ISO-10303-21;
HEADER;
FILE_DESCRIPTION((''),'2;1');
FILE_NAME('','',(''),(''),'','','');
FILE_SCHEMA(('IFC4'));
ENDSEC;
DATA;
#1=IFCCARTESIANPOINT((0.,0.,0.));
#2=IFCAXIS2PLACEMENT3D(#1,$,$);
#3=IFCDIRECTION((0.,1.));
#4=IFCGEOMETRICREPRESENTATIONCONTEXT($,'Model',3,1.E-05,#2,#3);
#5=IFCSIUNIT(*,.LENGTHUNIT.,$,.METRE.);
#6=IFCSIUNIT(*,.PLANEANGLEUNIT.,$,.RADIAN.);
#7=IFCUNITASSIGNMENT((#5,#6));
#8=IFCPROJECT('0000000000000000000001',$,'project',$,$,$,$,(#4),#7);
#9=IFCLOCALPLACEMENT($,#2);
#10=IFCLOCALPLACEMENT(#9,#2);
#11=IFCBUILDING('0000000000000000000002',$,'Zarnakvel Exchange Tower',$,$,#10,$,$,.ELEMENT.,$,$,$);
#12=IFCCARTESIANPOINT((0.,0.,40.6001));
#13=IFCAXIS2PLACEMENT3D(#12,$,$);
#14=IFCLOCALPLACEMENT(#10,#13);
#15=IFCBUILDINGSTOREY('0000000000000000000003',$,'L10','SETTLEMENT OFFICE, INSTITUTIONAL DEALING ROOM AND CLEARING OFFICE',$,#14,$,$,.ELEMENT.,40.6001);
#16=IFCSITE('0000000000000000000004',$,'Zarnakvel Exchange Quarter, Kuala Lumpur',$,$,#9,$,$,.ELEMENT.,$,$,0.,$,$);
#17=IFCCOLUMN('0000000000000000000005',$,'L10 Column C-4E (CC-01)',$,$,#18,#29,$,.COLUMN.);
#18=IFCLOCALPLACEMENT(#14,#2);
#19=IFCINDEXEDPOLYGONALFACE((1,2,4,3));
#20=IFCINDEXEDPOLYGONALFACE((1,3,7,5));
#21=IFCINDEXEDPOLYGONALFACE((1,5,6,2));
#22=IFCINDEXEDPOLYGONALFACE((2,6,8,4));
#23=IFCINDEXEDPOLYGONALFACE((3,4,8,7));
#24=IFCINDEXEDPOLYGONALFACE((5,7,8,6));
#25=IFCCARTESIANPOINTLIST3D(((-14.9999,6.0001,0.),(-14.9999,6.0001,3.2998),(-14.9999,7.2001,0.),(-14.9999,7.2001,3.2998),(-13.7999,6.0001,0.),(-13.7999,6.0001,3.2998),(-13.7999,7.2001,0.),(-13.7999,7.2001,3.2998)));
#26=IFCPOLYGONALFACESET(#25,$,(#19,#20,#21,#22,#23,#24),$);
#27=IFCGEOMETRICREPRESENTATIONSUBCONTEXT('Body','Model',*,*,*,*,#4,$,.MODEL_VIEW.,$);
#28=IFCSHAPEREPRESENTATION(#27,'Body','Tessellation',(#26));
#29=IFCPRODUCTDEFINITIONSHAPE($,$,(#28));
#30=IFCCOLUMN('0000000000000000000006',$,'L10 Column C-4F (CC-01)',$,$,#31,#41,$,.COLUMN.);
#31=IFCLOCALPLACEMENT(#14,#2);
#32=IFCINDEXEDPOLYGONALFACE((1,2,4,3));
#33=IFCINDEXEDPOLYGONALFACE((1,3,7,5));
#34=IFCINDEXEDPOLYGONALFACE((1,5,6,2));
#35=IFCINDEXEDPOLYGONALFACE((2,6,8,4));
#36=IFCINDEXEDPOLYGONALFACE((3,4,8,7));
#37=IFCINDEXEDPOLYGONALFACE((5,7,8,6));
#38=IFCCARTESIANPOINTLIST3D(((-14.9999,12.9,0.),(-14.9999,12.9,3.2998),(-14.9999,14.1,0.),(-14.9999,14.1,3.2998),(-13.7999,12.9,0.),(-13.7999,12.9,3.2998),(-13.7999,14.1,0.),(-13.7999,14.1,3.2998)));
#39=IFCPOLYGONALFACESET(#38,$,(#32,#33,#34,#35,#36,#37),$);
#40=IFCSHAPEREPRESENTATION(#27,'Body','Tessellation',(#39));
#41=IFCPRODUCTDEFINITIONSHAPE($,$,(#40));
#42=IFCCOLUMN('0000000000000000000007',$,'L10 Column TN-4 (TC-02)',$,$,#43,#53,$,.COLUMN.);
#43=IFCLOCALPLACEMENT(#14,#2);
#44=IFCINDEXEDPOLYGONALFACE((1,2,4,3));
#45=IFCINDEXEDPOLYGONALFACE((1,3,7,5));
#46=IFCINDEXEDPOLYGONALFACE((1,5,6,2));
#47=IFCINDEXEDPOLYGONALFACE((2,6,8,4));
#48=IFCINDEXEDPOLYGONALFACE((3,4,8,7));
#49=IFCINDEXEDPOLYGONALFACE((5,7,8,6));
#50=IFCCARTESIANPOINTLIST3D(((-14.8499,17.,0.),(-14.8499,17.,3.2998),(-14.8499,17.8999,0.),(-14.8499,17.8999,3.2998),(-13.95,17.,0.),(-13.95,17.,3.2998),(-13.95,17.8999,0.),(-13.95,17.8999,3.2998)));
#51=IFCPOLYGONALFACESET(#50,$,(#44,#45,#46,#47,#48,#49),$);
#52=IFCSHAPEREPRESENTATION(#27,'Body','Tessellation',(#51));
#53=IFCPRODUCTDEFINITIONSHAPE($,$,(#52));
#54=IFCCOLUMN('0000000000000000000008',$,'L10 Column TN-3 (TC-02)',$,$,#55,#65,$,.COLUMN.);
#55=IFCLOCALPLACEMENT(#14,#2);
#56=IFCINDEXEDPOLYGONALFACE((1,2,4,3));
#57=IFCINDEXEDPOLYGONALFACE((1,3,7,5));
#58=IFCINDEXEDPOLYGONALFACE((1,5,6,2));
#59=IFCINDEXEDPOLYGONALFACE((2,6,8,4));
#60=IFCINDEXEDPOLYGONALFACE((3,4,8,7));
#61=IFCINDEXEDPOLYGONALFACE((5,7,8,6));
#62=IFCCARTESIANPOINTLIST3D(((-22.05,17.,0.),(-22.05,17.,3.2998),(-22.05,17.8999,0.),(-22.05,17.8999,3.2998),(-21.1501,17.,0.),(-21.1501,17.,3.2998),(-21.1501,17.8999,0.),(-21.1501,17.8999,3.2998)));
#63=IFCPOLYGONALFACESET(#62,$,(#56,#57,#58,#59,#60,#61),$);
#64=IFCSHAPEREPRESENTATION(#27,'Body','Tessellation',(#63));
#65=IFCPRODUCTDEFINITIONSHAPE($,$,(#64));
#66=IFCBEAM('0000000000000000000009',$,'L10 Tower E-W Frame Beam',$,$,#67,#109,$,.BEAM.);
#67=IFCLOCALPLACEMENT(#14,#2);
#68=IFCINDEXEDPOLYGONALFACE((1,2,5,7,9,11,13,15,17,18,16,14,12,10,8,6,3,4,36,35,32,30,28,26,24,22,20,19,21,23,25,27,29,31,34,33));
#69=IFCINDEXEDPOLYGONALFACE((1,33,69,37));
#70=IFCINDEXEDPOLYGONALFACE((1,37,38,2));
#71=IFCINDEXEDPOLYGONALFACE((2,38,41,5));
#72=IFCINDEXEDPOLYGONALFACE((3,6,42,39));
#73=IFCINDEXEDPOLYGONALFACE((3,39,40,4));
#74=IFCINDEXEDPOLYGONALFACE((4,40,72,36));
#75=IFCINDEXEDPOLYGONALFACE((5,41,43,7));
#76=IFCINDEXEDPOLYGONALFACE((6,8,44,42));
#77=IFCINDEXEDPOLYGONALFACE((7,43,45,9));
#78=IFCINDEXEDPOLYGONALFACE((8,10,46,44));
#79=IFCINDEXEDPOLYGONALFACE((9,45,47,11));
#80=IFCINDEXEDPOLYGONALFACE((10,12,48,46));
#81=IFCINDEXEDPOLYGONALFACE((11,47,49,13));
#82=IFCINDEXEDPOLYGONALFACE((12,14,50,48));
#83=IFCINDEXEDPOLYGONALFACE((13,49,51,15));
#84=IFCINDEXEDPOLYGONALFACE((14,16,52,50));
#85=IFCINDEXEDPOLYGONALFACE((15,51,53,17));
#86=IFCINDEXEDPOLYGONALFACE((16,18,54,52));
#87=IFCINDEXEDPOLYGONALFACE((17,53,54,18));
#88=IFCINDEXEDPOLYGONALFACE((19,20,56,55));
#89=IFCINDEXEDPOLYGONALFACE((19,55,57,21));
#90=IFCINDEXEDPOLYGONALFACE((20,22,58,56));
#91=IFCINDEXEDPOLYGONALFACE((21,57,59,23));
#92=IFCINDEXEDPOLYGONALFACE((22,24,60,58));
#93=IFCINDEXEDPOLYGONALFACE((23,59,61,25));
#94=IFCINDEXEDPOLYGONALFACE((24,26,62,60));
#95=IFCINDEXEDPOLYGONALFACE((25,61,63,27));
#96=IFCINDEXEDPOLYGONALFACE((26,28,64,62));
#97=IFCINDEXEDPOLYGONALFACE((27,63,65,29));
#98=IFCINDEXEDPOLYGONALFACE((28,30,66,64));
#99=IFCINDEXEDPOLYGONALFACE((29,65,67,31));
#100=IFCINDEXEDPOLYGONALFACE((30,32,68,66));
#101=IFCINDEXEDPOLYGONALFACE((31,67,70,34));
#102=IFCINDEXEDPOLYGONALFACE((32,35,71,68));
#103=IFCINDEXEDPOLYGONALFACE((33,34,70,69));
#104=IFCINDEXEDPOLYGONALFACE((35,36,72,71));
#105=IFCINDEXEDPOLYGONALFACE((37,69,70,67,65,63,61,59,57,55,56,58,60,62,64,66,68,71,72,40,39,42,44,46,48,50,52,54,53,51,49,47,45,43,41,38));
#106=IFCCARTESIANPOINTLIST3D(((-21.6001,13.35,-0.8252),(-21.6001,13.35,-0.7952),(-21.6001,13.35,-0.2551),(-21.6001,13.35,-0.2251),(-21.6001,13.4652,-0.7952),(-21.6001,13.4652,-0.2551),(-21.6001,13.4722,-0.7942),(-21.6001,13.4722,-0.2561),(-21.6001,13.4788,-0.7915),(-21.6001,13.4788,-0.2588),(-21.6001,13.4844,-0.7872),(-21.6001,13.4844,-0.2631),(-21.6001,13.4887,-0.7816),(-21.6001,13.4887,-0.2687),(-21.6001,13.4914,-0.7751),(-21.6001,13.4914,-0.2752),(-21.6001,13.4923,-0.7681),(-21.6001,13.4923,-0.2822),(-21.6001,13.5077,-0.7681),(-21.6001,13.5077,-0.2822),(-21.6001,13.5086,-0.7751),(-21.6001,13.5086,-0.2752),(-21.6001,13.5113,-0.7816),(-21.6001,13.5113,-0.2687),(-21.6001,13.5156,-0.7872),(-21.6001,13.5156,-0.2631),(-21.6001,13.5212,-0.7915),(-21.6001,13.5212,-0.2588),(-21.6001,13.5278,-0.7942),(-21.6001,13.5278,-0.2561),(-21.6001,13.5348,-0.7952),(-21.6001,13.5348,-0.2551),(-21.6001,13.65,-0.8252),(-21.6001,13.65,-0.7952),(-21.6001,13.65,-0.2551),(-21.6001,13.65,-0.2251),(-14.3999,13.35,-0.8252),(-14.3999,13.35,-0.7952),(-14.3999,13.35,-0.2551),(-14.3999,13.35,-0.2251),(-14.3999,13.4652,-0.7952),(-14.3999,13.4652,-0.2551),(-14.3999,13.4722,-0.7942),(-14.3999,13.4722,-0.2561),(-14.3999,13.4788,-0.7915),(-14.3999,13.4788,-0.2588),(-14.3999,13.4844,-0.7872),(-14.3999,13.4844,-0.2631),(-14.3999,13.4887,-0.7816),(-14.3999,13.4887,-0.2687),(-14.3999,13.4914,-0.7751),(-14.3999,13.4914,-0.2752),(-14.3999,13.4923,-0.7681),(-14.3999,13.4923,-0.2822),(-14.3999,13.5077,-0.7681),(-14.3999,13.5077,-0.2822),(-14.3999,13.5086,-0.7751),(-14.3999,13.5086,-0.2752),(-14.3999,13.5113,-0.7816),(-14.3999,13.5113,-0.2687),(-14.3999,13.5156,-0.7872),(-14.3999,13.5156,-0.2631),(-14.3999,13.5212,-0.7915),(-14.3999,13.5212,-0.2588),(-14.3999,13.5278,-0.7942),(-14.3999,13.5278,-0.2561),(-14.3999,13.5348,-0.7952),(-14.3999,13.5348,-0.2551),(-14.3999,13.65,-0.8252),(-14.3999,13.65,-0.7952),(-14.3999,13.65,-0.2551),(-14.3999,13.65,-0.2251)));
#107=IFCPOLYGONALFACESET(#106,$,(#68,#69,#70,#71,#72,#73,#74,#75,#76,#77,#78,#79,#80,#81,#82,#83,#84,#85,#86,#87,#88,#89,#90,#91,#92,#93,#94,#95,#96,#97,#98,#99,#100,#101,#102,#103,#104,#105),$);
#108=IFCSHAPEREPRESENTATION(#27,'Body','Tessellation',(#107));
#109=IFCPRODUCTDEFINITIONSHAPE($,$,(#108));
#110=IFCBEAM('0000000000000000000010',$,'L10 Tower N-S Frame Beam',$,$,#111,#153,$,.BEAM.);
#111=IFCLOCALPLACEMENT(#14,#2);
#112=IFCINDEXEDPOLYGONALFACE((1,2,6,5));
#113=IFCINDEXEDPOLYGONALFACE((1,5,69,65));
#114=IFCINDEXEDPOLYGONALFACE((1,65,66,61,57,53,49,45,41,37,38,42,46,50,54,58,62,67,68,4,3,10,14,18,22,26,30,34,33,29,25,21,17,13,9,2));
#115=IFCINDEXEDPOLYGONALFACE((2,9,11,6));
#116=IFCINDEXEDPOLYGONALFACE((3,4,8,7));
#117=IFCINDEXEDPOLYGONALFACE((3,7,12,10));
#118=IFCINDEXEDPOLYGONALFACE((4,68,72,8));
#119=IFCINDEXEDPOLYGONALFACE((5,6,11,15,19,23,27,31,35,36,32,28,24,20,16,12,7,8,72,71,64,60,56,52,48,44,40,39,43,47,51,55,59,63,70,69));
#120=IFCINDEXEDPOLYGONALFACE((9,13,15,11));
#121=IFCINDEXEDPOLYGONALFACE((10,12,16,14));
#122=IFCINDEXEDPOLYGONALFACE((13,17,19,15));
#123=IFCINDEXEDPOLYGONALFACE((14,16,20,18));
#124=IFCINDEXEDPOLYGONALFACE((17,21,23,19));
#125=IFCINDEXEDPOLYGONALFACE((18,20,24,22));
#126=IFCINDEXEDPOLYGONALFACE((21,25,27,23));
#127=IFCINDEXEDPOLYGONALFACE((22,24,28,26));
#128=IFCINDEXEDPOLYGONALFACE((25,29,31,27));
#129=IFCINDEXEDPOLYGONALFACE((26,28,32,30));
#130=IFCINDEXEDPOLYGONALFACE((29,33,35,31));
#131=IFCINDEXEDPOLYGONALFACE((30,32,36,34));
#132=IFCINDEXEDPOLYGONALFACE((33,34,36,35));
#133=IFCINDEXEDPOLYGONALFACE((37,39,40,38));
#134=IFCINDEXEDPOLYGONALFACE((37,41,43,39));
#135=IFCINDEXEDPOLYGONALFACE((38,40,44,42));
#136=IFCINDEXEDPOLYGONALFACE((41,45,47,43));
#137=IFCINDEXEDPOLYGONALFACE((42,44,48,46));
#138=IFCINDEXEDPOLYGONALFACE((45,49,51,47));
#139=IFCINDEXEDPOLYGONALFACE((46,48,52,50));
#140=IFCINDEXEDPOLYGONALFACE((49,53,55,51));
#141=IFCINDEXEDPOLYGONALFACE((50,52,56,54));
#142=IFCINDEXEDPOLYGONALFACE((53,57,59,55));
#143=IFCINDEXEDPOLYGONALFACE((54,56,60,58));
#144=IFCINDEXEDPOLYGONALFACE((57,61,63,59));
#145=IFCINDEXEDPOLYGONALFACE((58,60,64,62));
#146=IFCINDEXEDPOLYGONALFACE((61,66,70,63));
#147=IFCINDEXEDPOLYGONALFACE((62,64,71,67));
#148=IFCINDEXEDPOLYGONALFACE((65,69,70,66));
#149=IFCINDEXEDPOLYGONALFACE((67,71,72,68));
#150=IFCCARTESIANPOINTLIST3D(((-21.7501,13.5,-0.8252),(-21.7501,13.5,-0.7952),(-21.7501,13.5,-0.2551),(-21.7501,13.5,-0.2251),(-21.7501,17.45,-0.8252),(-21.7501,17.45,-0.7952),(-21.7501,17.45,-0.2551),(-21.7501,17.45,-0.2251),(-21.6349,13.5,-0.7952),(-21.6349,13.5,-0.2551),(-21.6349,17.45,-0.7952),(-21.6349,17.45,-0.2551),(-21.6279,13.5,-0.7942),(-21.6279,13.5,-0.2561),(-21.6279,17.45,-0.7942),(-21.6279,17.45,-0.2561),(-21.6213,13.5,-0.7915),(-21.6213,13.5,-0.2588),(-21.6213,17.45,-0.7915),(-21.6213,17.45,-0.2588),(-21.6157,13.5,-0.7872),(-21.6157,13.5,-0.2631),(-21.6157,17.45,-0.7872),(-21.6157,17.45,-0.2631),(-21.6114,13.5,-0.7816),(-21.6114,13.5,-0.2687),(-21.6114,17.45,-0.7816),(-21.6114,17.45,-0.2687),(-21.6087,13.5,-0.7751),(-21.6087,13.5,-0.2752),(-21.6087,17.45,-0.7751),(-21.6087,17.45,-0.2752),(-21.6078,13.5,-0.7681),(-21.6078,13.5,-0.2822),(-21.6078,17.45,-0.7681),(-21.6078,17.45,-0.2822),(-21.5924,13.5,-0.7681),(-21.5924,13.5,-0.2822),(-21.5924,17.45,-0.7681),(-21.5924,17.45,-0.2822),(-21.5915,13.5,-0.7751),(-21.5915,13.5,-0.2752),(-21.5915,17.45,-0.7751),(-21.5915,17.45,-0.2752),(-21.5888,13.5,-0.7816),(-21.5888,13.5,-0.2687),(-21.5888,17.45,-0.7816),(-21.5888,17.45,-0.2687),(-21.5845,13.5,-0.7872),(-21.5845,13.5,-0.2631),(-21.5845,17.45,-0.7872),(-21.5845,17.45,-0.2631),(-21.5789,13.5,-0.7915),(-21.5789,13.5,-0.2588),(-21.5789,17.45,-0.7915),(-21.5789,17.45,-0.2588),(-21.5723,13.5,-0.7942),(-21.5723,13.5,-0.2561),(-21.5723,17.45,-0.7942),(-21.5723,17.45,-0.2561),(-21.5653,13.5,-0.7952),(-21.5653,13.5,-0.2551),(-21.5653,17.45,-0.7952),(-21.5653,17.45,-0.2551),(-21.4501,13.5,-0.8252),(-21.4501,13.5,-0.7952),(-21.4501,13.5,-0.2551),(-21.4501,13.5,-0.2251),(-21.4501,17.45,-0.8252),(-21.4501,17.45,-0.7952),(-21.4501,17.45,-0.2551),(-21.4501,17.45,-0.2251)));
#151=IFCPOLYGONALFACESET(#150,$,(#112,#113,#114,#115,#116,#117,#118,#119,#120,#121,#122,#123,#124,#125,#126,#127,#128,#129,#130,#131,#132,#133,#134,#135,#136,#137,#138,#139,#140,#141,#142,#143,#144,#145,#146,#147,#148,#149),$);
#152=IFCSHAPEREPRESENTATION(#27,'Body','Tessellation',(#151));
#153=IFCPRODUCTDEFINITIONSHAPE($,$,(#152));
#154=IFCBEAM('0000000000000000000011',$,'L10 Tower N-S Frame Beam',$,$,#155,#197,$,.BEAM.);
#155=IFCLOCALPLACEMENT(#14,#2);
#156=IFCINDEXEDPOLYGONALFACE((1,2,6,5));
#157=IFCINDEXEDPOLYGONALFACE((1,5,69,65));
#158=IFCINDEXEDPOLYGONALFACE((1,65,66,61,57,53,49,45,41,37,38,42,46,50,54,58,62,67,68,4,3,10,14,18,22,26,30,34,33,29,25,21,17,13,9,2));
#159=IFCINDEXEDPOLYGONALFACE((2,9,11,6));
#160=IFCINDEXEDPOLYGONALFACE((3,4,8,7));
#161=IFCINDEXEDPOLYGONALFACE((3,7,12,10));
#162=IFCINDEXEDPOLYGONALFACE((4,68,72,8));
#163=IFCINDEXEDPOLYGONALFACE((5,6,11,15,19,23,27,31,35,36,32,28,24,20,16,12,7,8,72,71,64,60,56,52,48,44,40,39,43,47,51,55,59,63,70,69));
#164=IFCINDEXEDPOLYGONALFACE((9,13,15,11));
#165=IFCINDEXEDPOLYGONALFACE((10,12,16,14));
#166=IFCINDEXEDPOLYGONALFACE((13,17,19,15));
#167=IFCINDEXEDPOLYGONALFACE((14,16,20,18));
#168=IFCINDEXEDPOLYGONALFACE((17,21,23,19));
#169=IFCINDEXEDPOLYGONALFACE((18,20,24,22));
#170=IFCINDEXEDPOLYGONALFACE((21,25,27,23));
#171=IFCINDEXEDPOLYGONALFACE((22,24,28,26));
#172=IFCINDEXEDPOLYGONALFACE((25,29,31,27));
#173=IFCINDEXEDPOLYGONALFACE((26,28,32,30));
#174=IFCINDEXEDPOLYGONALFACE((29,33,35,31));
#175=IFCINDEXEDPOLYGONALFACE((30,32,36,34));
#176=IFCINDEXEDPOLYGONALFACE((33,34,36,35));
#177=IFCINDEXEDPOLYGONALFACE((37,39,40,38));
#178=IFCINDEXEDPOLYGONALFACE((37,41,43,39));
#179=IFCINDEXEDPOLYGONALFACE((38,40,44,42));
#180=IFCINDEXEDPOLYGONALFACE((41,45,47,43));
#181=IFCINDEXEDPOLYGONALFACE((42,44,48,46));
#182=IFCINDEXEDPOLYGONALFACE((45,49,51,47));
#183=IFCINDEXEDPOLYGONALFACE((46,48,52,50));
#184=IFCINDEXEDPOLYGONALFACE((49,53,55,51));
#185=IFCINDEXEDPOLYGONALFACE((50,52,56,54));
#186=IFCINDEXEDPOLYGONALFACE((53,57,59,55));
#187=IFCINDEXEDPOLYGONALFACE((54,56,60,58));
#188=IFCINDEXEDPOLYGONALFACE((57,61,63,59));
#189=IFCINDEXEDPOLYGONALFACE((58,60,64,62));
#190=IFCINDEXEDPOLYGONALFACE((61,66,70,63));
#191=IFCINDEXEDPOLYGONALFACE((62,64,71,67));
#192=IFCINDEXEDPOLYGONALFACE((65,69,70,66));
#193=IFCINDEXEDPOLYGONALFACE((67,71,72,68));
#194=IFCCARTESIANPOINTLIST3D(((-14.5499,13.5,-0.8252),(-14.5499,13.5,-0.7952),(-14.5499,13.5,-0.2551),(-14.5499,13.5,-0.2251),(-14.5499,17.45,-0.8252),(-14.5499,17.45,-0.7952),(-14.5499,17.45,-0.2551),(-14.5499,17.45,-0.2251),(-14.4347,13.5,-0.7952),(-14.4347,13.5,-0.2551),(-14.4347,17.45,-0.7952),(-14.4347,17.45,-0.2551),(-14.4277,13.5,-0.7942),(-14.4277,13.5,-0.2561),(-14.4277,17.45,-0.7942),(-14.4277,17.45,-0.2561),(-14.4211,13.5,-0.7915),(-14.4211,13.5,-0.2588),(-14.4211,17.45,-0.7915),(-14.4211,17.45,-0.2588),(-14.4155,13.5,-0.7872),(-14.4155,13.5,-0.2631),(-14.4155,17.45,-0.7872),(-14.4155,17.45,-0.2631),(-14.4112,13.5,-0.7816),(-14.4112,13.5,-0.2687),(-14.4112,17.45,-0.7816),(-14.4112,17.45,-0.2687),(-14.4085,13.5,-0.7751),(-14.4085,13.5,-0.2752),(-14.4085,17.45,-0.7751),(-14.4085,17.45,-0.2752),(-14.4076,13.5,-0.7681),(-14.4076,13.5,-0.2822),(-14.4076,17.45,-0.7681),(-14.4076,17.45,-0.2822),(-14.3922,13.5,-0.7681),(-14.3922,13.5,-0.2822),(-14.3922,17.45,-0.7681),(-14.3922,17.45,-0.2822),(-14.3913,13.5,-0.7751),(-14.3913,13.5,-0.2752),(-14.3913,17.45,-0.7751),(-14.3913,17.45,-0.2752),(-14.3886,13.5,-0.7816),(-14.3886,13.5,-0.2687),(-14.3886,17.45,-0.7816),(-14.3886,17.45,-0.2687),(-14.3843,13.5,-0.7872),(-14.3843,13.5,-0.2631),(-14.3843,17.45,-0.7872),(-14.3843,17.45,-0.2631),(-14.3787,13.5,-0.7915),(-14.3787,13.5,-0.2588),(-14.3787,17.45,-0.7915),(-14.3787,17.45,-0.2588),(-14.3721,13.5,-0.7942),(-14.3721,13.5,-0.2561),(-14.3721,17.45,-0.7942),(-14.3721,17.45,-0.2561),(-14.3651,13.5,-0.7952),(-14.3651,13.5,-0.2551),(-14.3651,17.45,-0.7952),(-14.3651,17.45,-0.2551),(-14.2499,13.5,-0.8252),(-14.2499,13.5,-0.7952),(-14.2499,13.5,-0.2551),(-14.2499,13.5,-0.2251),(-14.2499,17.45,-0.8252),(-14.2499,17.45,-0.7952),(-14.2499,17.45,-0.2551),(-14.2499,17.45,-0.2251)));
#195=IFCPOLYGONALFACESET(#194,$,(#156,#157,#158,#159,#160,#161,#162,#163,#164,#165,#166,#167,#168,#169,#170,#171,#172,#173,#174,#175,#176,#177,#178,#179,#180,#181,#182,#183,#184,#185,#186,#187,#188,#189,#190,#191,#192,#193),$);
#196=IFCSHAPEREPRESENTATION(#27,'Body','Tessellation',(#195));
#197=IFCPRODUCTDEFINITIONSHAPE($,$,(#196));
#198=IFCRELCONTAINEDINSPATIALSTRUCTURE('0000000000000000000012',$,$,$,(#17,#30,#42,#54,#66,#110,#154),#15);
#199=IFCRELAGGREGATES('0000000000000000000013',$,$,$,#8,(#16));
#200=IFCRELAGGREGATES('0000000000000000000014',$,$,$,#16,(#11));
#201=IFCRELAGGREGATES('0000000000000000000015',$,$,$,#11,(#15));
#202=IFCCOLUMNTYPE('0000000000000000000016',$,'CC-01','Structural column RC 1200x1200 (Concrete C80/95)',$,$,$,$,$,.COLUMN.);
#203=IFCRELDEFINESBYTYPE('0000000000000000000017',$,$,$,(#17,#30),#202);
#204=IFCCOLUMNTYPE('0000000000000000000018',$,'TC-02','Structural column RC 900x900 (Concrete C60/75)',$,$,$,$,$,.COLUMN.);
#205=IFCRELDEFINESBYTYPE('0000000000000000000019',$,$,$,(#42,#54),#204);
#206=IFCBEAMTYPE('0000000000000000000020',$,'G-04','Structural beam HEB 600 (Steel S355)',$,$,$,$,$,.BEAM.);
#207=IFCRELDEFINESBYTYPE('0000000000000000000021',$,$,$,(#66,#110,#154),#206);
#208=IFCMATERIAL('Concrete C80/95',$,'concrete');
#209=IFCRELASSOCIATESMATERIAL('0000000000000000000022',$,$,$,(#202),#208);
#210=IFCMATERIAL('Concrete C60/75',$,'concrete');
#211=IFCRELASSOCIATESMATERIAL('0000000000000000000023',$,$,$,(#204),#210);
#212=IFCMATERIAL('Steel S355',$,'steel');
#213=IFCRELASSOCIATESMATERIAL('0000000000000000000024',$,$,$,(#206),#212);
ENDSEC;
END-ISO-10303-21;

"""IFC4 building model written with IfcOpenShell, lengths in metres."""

from ifc_helpers import new_model, si_unit, direction, frame, origin, origin_2d, place, context, subcontext, project, spatial, rectangle, i_section, extrude, material, material_profile, profile_set, type_object, element, save


model = new_model("IFC4")

# Units and contexts
model_context = context("Model", 3, precision=1e-05, world=origin(), true_north=direction((0.0, 1.0)))
body_context = subcontext(model_context, "Body", "Model", "MODEL_VIEW")
ifc_project = project(units=[si_unit("LENGTHUNIT", "METRE"), si_unit("PLANEANGLEUNIT", "RADIAN")], contexts=[model_context])

# Site, building, storey
site_placement = place(None, origin())
site = spatial("IfcSite", under=ifc_project, at=site_placement, Name="Zarnakvel Exchange Quarter, Kuala Lumpur", CompositionType="ELEMENT", RefElevation=0.0)
building_placement = place(site_placement, origin())
building = spatial("IfcBuilding", under=site, at=building_placement, Name="Zarnakvel Exchange Tower", CompositionType="ELEMENT")
storey_placement = place(building_placement, frame((0.0, 0.0, 40.6001)))
storey = spatial("IfcBuildingStorey", under=building, at=storey_placement, Name="L10", Description="SETTLEMENT OFFICE, INSTITUTIONAL DEALING ROOM AND CLEARING OFFICE", CompositionType="ELEMENT", Elevation=40.6001)

# Columns
ifc_material_1 = material(Name="Concrete C80/95", Category="concrete")
ifc_material_profile_1 = material_profile(ifc_material_1, rectangle(XDim=1.2, YDim=1.2, at=origin_2d()))
ifc_profile_set_1 = profile_set([ifc_material_profile_1], Name="Concrete C80/95")
column_type_1 = type_object("IfcColumnType", Name="CC-01", Description="Structural column RC 1200x1200 (Concrete C80/95)", PredefinedType="COLUMN", material=ifc_profile_set_1)
for number, where, z_axis, x_axis, name in (
    (1, (-14.3999, 6.6001, 0.0), (0.0, 0.0, 1.0), (1.0, 0.0, 0.0), "L10 Column C-4E (CC-01)"),
    (2, (-14.3999, 13.5, 0.0), (0.0, 0.0, 1.0), (1.0, 0.0, 0.0), "L10 Column C-4F (CC-01)"),
):
    element("IfcColumn", number, at=place(storey_placement, frame(where, z_axis=z_axis, x_axis=x_axis)), inside=storey, type_object=column_type_1, Name=name, PredefinedType="COLUMN", context=body_context, shape_type="SweptSolid", body=[
        extrude(rectangle(XDim=1.2, YDim=1.2, at=origin_2d()), origin(), (0.0, 0.0, 1.0), 3.2998),
    ])
ifc_material_2 = material(Name="Concrete C60/75", Category="concrete")
ifc_material_profile_2 = material_profile(ifc_material_2, rectangle(XDim=0.8999, YDim=0.8999, at=origin_2d()))
ifc_profile_set_2 = profile_set([ifc_material_profile_2], Name="Concrete C60/75")
column_type_2 = type_object("IfcColumnType", Name="TC-02", Description="Structural column RC 900x900 (Concrete C60/75)", PredefinedType="COLUMN", material=ifc_profile_set_2)
for number, where, z_axis, x_axis, name in (
    (3, (-14.3999, 17.45, 0.0), (0.0, 0.0, 1.0), (1.0, 0.0, 0.0), "L10 Column TN-4 (TC-02)"),
    (4, (-21.6001, 17.45, 0.0), (0.0, 0.0, 1.0), (1.0, 0.0, 0.0), "L10 Column TN-3 (TC-02)"),
):
    element("IfcColumn", number, at=place(storey_placement, frame(where, z_axis=z_axis, x_axis=x_axis)), inside=storey, type_object=column_type_2, Name=name, PredefinedType="COLUMN", context=body_context, shape_type="SweptSolid", body=[
        extrude(rectangle(XDim=0.8999, YDim=0.8999, at=origin_2d()), origin(), (0.0, 0.0, 1.0), 3.2998),
    ])

# Beams
ifc_material_3 = material(Name="Steel S355", Category="steel")
ifc_material_profile_3 = material_profile(ifc_material_3, i_section(OverallWidth=0.3, OverallDepth=0.6001, WebThickness=0.0154, FlangeThickness=0.03, FilletRadius=0.0271, at=origin_2d()))
ifc_profile_set_3 = profile_set([ifc_material_profile_3], Name="Steel S355")
beam_type_1 = type_object("IfcBeamType", Name="G-04", Description="Structural beam HEB 600 (Steel S355)", PredefinedType="BEAM", material=ifc_profile_set_3)
beam_1_placement = place(storey_placement, frame((-21.6001, 13.5, -0.5251), z_axis=(1.0, 0.0, 0.0), x_axis=(0.0, 1.0, 0.0)))
element("IfcBeam", 5, at=beam_1_placement, inside=storey, type_object=beam_type_1, Name="L10 Tower E-W Frame Beam", PredefinedType="BEAM", context=body_context, shape_type="SweptSolid", body=[
    extrude(i_section(OverallWidth=0.3, OverallDepth=0.6001, WebThickness=0.0154, FlangeThickness=0.03, FilletRadius=0.0271, at=origin_2d()), origin(), (0.0, 0.0, 1.0), 7.2002),
])
for number, where, z_axis, x_axis, name in (
    (6, (-21.6001, 13.5, -0.5251), (0.0, 1.0, 0.0), (-1.0, 0.0, 0.0), "L10 Tower N-S Frame Beam"),
    (7, (-14.3999, 13.5, -0.5251), (0.0, 1.0, 0.0), (-1.0, 0.0, 0.0), "L10 Tower N-S Frame Beam"),
):
    element("IfcBeam", number, at=place(storey_placement, frame(where, z_axis=z_axis, x_axis=x_axis)), inside=storey, type_object=beam_type_1, Name=name, PredefinedType="BEAM", context=body_context, shape_type="SweptSolid", body=[
        extrude(i_section(OverallWidth=0.3, OverallDepth=0.6001, WebThickness=0.0154, FlangeThickness=0.03, FilletRadius=0.0271, at=origin_2d()), origin(), (0.0, 0.0, 1.0), 3.95),
    ])

save(model, "model.ifc")
